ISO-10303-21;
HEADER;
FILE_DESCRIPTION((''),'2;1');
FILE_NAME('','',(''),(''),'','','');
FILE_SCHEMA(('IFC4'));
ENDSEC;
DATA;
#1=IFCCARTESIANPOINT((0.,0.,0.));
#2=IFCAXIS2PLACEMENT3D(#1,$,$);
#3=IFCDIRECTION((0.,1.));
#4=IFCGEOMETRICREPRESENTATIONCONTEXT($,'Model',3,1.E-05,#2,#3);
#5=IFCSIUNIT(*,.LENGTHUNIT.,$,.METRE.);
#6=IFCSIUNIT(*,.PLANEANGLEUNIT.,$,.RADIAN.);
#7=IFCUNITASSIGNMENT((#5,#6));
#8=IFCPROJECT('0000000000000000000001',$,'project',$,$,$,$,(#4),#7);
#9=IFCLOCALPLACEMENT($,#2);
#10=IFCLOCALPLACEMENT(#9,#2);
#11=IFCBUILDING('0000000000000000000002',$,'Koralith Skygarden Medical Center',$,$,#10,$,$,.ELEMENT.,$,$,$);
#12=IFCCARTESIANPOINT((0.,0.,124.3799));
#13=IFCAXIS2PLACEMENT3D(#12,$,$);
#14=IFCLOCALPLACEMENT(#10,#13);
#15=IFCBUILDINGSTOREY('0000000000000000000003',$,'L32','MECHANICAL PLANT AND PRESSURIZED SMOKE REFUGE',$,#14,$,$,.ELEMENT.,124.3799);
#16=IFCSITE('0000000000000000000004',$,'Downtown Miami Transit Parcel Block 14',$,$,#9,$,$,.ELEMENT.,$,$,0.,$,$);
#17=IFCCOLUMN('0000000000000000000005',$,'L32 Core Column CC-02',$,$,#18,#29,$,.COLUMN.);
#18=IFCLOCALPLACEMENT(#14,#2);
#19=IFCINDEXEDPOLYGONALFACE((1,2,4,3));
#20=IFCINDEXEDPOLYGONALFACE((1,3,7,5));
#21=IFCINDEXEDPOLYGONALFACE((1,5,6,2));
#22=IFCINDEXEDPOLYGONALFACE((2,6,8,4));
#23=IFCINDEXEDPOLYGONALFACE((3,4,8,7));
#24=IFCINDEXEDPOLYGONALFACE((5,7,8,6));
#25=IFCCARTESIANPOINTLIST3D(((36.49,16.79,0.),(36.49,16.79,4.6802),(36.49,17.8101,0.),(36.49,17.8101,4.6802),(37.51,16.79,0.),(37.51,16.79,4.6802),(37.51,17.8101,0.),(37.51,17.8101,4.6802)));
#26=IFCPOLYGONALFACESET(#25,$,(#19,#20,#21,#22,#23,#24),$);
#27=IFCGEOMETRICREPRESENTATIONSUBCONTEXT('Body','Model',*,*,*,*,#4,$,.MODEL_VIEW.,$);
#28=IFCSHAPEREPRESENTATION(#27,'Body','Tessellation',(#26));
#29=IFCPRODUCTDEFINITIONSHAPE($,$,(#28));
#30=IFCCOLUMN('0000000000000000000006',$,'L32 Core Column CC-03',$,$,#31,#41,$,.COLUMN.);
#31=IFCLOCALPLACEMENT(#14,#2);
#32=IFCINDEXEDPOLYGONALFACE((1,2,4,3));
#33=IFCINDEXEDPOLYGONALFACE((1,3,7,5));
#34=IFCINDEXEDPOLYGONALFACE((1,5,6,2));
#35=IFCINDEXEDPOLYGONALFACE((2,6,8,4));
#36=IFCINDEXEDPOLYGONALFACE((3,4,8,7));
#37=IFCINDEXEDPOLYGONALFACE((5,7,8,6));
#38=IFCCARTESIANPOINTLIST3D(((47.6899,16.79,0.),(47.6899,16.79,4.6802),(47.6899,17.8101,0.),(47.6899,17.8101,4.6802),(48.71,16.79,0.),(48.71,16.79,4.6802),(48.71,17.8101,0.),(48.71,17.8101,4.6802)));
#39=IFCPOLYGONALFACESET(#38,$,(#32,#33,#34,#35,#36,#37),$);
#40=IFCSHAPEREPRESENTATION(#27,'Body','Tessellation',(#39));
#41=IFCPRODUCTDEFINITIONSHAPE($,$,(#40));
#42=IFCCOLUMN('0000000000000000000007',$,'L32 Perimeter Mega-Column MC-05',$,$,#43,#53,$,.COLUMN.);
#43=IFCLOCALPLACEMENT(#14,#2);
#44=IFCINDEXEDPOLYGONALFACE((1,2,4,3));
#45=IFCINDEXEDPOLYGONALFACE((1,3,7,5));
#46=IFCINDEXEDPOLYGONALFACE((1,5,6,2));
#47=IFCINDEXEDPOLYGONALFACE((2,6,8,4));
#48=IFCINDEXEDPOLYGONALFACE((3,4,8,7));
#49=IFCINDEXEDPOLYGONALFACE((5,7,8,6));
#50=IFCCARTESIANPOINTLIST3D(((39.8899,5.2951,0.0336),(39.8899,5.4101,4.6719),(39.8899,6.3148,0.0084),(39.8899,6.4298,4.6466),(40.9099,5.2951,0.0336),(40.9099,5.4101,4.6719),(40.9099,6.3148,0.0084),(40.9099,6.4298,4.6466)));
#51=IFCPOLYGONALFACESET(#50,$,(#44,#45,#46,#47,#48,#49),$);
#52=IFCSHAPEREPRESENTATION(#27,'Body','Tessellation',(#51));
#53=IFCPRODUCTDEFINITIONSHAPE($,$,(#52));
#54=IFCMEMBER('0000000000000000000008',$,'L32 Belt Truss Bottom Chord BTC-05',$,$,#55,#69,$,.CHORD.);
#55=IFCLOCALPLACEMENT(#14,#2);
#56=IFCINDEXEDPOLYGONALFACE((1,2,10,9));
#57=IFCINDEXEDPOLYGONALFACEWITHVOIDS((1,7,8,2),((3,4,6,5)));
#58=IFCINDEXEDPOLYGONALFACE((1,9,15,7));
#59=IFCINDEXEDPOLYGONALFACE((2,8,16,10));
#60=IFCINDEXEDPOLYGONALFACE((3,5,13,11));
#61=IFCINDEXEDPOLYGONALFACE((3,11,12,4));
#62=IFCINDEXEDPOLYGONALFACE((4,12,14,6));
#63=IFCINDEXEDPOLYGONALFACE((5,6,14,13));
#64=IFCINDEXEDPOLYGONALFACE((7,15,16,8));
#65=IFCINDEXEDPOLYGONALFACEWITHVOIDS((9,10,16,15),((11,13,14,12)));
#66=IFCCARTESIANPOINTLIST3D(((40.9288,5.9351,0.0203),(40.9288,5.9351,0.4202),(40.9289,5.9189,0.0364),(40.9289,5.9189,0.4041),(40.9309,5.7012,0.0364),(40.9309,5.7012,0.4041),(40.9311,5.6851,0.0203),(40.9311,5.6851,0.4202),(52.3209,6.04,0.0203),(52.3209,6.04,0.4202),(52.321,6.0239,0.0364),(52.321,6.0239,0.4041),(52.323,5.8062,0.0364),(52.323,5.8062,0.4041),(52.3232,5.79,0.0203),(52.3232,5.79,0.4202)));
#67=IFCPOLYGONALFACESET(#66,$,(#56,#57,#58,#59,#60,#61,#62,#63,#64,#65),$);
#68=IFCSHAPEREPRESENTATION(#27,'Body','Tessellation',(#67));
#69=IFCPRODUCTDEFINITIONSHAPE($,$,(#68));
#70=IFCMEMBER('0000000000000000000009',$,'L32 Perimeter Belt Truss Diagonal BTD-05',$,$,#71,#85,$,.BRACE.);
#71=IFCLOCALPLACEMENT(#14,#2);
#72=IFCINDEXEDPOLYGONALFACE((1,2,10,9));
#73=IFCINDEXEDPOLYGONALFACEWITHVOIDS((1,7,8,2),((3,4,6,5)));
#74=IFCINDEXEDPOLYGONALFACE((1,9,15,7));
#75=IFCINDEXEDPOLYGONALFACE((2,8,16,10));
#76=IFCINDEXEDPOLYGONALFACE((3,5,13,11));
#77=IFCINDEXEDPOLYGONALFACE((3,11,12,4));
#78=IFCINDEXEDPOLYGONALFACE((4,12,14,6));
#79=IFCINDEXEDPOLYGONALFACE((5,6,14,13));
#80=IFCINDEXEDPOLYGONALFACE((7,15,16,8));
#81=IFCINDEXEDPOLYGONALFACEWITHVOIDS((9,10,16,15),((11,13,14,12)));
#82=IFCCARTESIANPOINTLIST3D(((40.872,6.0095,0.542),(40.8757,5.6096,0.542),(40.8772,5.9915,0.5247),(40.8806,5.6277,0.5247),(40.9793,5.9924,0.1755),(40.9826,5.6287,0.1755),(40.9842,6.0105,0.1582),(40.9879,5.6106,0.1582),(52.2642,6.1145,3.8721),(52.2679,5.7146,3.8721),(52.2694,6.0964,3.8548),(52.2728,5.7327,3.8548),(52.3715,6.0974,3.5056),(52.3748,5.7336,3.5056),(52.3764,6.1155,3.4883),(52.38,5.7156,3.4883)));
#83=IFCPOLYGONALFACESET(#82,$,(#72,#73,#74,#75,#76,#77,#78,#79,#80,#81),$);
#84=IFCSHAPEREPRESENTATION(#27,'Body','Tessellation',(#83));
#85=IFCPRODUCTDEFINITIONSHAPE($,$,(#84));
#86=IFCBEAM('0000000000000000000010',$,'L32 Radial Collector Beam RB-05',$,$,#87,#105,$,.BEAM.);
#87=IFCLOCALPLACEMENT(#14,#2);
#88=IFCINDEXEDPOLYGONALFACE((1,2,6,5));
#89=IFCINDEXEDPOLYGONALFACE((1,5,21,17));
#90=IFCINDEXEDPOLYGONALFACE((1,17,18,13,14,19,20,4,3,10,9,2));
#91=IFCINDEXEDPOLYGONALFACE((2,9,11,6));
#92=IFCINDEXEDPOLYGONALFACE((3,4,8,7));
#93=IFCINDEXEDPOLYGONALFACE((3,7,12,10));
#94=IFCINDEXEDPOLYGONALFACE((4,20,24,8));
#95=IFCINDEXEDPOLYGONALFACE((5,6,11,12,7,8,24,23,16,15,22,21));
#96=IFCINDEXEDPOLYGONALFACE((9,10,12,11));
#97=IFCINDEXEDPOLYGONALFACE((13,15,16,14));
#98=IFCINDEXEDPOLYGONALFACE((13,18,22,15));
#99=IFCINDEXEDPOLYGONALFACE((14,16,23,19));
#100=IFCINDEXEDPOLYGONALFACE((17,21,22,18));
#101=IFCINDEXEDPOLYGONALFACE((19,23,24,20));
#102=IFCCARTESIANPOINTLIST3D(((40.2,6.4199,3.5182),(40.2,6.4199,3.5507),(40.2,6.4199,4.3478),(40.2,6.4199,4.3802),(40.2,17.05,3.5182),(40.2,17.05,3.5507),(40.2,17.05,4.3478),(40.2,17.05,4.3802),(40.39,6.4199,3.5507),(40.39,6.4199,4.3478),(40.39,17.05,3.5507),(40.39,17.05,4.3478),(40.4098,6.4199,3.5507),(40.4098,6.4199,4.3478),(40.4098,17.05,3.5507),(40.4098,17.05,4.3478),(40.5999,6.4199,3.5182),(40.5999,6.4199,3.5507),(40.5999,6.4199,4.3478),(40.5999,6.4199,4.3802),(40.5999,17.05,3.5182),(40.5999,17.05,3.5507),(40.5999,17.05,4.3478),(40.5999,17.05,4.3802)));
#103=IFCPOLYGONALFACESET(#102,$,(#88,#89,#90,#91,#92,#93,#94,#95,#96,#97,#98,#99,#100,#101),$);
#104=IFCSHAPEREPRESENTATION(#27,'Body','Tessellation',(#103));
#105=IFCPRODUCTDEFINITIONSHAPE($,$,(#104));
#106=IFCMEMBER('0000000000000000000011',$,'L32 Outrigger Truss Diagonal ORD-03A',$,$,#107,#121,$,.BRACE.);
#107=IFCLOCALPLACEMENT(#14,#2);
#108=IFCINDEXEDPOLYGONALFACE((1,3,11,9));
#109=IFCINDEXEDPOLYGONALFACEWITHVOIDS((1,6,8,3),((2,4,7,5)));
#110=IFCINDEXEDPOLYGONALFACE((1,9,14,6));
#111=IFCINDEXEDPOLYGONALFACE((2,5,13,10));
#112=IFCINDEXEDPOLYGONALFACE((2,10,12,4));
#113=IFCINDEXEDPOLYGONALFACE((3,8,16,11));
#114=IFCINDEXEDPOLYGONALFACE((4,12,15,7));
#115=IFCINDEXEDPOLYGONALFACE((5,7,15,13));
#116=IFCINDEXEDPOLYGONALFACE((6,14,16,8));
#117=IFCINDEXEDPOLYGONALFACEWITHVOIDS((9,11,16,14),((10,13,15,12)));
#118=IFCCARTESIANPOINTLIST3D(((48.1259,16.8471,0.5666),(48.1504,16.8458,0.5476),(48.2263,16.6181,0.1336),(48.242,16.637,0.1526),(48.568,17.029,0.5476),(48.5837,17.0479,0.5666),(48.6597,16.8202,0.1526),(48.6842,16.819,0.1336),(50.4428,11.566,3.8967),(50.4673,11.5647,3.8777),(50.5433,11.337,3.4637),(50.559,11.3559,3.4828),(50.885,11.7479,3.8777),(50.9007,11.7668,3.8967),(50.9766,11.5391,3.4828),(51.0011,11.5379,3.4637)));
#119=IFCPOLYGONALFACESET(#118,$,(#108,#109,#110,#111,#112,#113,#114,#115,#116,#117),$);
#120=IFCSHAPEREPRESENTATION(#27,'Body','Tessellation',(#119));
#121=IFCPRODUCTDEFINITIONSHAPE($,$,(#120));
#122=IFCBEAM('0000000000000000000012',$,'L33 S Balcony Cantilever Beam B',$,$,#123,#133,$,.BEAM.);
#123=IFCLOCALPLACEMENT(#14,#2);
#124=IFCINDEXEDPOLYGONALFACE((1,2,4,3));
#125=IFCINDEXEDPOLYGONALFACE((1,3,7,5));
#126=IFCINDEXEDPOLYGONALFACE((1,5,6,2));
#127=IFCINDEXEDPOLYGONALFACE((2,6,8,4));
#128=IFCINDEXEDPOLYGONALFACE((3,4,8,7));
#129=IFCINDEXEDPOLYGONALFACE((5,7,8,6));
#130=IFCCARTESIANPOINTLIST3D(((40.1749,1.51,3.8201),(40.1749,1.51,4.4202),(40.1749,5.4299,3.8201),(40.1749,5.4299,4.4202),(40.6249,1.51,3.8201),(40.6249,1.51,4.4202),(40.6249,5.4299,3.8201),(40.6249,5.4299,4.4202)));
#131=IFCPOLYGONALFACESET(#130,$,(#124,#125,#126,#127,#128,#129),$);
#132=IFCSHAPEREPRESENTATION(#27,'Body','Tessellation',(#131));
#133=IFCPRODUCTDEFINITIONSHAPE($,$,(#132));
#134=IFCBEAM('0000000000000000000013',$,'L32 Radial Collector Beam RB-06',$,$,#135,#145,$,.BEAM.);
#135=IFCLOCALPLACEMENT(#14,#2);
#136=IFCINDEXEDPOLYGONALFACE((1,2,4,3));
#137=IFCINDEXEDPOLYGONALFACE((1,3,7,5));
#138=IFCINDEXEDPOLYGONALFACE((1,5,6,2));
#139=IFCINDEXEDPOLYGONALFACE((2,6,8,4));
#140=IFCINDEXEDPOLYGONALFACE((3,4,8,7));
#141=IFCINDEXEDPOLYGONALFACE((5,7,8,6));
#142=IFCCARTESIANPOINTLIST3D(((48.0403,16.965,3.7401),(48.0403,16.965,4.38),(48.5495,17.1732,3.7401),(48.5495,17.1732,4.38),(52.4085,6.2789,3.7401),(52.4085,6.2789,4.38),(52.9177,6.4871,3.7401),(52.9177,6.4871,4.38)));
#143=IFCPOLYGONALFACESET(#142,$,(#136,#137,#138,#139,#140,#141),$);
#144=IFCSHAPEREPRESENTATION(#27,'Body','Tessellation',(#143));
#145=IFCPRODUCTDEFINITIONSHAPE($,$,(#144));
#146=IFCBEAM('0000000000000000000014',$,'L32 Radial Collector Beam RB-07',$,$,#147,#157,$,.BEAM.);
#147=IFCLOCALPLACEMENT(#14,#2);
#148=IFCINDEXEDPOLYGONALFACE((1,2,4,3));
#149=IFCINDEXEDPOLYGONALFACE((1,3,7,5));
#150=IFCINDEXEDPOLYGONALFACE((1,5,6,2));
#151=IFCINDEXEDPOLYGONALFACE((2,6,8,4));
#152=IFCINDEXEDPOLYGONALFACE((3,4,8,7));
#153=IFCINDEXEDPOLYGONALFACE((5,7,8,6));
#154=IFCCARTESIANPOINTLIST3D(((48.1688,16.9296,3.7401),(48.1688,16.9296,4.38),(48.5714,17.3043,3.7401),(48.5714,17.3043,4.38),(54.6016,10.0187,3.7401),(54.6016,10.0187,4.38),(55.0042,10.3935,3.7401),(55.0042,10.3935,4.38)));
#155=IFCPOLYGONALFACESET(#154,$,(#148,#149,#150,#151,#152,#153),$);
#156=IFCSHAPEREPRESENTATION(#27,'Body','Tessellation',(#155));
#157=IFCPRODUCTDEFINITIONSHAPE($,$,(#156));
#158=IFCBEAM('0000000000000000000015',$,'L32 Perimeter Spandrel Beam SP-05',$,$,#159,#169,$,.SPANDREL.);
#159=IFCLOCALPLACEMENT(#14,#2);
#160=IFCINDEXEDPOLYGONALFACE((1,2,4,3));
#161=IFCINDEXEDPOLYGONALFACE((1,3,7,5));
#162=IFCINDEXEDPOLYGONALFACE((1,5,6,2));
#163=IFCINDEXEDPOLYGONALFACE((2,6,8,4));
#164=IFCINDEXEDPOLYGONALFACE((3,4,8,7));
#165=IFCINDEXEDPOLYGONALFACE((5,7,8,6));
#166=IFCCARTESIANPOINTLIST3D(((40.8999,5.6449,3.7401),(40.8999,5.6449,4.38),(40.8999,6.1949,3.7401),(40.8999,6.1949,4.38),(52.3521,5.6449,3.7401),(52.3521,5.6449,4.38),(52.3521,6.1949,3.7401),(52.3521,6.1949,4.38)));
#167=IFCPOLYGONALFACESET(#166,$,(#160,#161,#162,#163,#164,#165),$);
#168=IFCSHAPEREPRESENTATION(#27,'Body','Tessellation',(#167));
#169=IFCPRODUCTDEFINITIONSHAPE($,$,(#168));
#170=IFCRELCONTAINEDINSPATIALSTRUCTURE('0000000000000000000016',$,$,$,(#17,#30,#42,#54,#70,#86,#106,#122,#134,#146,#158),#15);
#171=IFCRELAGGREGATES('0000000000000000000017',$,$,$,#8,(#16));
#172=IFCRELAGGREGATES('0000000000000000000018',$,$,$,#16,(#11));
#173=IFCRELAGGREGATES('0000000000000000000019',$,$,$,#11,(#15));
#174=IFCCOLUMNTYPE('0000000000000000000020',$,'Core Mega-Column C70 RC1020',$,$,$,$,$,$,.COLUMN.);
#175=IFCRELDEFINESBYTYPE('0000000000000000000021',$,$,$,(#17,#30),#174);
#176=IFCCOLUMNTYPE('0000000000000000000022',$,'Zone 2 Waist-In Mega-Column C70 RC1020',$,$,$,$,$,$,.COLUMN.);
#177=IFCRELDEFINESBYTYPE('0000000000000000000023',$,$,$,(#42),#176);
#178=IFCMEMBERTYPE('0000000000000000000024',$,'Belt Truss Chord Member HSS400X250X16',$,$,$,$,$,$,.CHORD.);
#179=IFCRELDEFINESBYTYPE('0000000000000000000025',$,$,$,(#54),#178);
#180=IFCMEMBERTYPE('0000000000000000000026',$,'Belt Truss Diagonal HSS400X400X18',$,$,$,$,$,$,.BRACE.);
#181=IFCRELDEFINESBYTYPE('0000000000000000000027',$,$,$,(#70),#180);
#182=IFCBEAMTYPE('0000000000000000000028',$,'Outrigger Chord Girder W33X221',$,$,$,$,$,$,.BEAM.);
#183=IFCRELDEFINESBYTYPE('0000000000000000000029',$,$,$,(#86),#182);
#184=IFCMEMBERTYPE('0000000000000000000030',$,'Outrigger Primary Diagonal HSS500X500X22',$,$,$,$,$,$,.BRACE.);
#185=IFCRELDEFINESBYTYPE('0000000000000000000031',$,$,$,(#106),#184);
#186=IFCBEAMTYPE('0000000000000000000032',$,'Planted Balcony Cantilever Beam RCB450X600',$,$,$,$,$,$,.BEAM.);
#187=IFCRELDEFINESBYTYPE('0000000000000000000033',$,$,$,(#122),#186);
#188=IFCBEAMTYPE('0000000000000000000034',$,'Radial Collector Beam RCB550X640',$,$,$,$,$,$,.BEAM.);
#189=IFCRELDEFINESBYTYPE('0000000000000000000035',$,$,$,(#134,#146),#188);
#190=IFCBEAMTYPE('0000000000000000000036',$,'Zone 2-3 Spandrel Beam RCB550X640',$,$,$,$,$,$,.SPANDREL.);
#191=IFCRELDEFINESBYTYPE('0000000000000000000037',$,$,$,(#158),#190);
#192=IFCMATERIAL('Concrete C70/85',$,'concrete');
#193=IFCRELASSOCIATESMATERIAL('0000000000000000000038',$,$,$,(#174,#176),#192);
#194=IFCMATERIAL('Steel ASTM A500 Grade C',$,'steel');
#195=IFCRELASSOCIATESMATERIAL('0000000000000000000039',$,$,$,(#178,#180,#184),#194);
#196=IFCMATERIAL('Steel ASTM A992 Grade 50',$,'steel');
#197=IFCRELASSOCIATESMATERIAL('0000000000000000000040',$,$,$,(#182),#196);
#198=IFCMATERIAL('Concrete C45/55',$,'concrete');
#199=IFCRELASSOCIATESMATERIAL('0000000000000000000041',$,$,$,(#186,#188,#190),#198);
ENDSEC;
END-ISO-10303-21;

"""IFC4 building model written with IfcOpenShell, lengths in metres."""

from ifc_helpers import new_model, si_unit, direction, frame, origin, origin_2d, place, context, subcontext, project, spatial, rectangle, hollow_rectangle, i_section, extrude, material, material_profile, profile_set, type_object, element, save


model = new_model("IFC4")

# Units and contexts
model_context = context("Model", 3, precision=1e-05, world=origin(), true_north=direction((0.0, 1.0)))
body_context = subcontext(model_context, "Body", "Model", "MODEL_VIEW")
ifc_project = project(units=[si_unit("LENGTHUNIT", "METRE"), si_unit("PLANEANGLEUNIT", "RADIAN")], contexts=[model_context])

# Site, building, storey
site_placement = place(None, origin())
site = spatial("IfcSite", under=ifc_project, at=site_placement, Name="Downtown Miami Transit Parcel Block 14", CompositionType="ELEMENT", RefElevation=0.0)
building_placement = place(site_placement, origin())
building = spatial("IfcBuilding", under=site, at=building_placement, Name="Koralith Skygarden Medical Center", CompositionType="ELEMENT")
storey_placement = place(building_placement, frame((0.0, 0.0, 124.3799)))
storey = spatial("IfcBuildingStorey", under=building, at=storey_placement, Name="L32", Description="MECHANICAL PLANT AND PRESSURIZED SMOKE REFUGE", CompositionType="ELEMENT", Elevation=124.3799)

# Columns
ifc_material_1 = material(Name="Concrete C70/85", Category="concrete")
ifc_material_profile_1 = material_profile(ifc_material_1, rectangle(XDim=1.02, YDim=1.02, at=origin_2d()), Name="RC1020X1020")
ifc_profile_set_1 = profile_set([ifc_material_profile_1], Name="Concrete C70/85")
column_type_1 = type_object("IfcColumnType", Name="Core Mega-Column C70 RC1020", PredefinedType="COLUMN", material=ifc_profile_set_1)
for number, where, z_axis, x_axis, name in (
    (1, (37.0, 17.3, 0.0), (0.0, 0.0, 1.0), (1.0, 0.0, 0.0), "L32 Core Column CC-02"),
    (2, (48.2, 17.3, 0.0), (0.0, 0.0, 1.0), (1.0, 0.0, 0.0), "L32 Core Column CC-03"),
):
    element("IfcColumn", number, at=place(storey_placement, frame(where, z_axis=z_axis, x_axis=x_axis)), inside=storey, type_object=column_type_1, Name=name, PredefinedType="COLUMN", context=body_context, shape_type="SweptSolid", body=[
        extrude(rectangle(XDim=1.02, YDim=1.02, at=origin_2d()), origin(), (0.0, 0.0, 1.0), 4.6802),
    ])
ifc_material_profile_2 = material_profile(ifc_material_1, rectangle(XDim=1.02, YDim=1.02, at=origin_2d()), Name="RC1020X1020")
ifc_profile_set_2 = profile_set([ifc_material_profile_2], Name="Concrete C70/85")
column_type_2 = type_object("IfcColumnType", Name="Zone 2 Waist-In Mega-Column C70 RC1020", PredefinedType="COLUMN", material=ifc_profile_set_2)
column_placement = place(storey_placement, frame((40.3999, 5.8049, 0.021), z_axis=(0.0, 0.024784, 0.999693), x_axis=(-1.0, 0.0, 0.0)))
element("IfcColumn", 3, at=column_placement, inside=storey, type_object=column_type_2, Name="L32 Perimeter Mega-Column MC-05", PredefinedType="COLUMN", context=body_context, shape_type="SweptSolid", body=[
    extrude(rectangle(XDim=1.02, YDim=1.02, at=origin_2d()), origin(), (0.0, 0.0, 1.0), 4.6396),
])

# Members
ifc_material_2 = material(Name="Steel ASTM A500 Grade C", Category="steel")
ifc_material_profile_3 = material_profile(ifc_material_2, hollow_rectangle(XDim=0.25, YDim=0.3999, WallThickness=0.0161, at=origin_2d()), Name="HSS400X250X16")
ifc_profile_set_3 = profile_set([ifc_material_profile_3], Name="Steel ASTM A500 Grade C")
member_type_1 = type_object("IfcMemberType", Name="Belt Truss Chord Member HSS400X250X16", PredefinedType="CHORD", material=ifc_profile_set_3)
member_1_placement = place(storey_placement, frame((40.9299, 5.8101, 0.2202), z_axis=(0.999958, 0.009215, 0.0), x_axis=(-0.009215, 0.999958, 0.0)))
element("IfcMember", 4, at=member_1_placement, inside=storey, type_object=member_type_1, Name="L32 Belt Truss Bottom Chord BTC-05", PredefinedType="CHORD", context=body_context, shape_type="SweptSolid", body=[
    extrude(hollow_rectangle(XDim=0.25, YDim=0.3999, WallThickness=0.0161, at=origin_2d()), origin(), (0.0, 0.0, 1.0), 11.3926),
])
ifc_material_profile_4 = material_profile(ifc_material_2, hollow_rectangle(XDim=0.3999, YDim=0.3999, WallThickness=0.0181, at=origin_2d()), Name="HSS400X400X18")
ifc_profile_set_4 = profile_set([ifc_material_profile_4], Name="Steel ASTM A500 Grade C")
member_type_2 = type_object("IfcMemberType", Name="Belt Truss Diagonal HSS400X400X18", PredefinedType="BRACE", material=ifc_profile_set_4)
member_2_placement = place(storey_placement, frame((40.9299, 5.8101, 0.3501), z_axis=(0.959795, 0.008845, 0.280562), x_axis=(-0.009215, 0.999958, 0.0)))
element("IfcMember", 5, at=member_2_placement, inside=storey, type_object=member_type_2, Name="L32 Perimeter Belt Truss Diagonal BTD-05", PredefinedType="BRACE", context=body_context, shape_type="SweptSolid", body=[
    extrude(hollow_rectangle(XDim=0.3999, YDim=0.3999, WallThickness=0.0181, at=origin_2d()), origin(), (0.0, 0.0, 1.0), 11.8694),
])

# Beam
ifc_material_3 = material(Name="Steel ASTM A992 Grade 50", Category="steel")
ifc_material_profile_5 = material_profile(ifc_material_3, i_section(OverallWidth=0.3999, OverallDepth=0.8621, WebThickness=0.0198, FlangeThickness=0.0325, at=origin_2d()), Name="W33X221")
ifc_profile_set_5 = profile_set([ifc_material_profile_5], Name="Steel ASTM A992 Grade 50")
beam_type_1 = type_object("IfcBeamType", Name="Outrigger Chord Girder W33X221", PredefinedType="BEAM", material=ifc_profile_set_5)
beam_1_placement = place(storey_placement, frame((40.3999, 17.05, 3.9492), z_axis=(0.0, -1.0, 0.0), x_axis=(1.0, 0.0, 0.0)))
element("IfcBeam", 6, at=beam_1_placement, inside=storey, type_object=beam_type_1, Name="L32 Radial Collector Beam RB-05", PredefinedType="BEAM", context=body_context, shape_type="SweptSolid", body=[
    extrude(i_section(OverallWidth=0.3999, OverallDepth=0.8621, WebThickness=0.0198, FlangeThickness=0.0325, at=origin_2d()), origin(), (0.0, 0.0, 1.0), 10.6301),
])

# Member
ifc_material_profile_6 = material_profile(ifc_material_2, hollow_rectangle(XDim=0.5, YDim=0.5, WallThickness=0.022, at=origin_2d()), Name="HSS500X500X22")
ifc_profile_set_6 = profile_set([ifc_material_profile_6], Name="Steel ASTM A500 Grade C")
member_type_3 = type_object("IfcMemberType", Name="Outrigger Primary Diagonal HSS500X500X22", PredefinedType="BRACE", material=ifc_profile_set_6)
member_3_placement = place(storey_placement, frame((48.405, 16.833, 0.3501), z_axis=(0.347918, -0.793026, 0.500063), x_axis=(0.915746, 0.401758, 0.0)))
element("IfcMember", 7, at=member_3_placement, inside=storey, type_object=member_type_3, Name="L32 Outrigger Truss Diagonal ORD-03A", PredefinedType="BRACE", context=body_context, shape_type="SweptSolid", body=[
    extrude(hollow_rectangle(XDim=0.5, YDim=0.5, WallThickness=0.022, at=origin_2d()), origin(), (0.0, 0.0, 1.0), 6.6594),
])

# Beams
ifc_material_4 = material(Name="Concrete C45/55", Category="concrete")
ifc_material_profile_7 = material_profile(ifc_material_4, rectangle(XDim=0.45, YDim=0.6001, at=origin_2d()), Name="RCB450X600")
ifc_profile_set_7 = profile_set([ifc_material_profile_7], Name="Concrete C45/55")
beam_type_2 = type_object("IfcBeamType", Name="Planted Balcony Cantilever Beam RCB450X600", PredefinedType="BEAM", material=ifc_profile_set_7)
beam_2_placement = place(storey_placement, frame((40.3999, 5.4299, 4.1201), z_axis=(0.0, -1.0, 0.0), x_axis=(1.0, 0.0, 0.0)))
element("IfcBeam", 8, at=beam_2_placement, inside=storey, type_object=beam_type_2, Name="L33 S Balcony Cantilever Beam B", PredefinedType="BEAM", context=body_context, shape_type="SweptSolid", body=[
    extrude(rectangle(XDim=0.45, YDim=0.6001, at=origin_2d()), origin(), (0.0, 0.0, 1.0), 3.9199),
])
ifc_material_profile_8 = material_profile(ifc_material_4, rectangle(XDim=0.55, YDim=0.6399, at=origin_2d()), Name="RCB550X640")
ifc_profile_set_8 = profile_set([ifc_material_profile_8], Name="Concrete C45/55")
beam_type_3 = type_object("IfcBeamType", Name="Radial Collector Beam RCB550X640", PredefinedType="BEAM", material=ifc_profile_set_8)
beam_3_placement = place(storey_placement, frame((48.2949, 17.0691, 4.0601), z_axis=(0.378381, -0.92565, 0.0), x_axis=(0.92565, 0.378381, 0.0)))
element("IfcBeam", 9, at=beam_3_placement, inside=storey, type_object=beam_type_3, Name="L32 Radial Collector Beam RB-06", PredefinedType="BEAM", context=body_context, shape_type="SweptSolid", body=[
    extrude(rectangle(XDim=0.55, YDim=0.6399, at=origin_2d()), origin(), (0.0, 0.0, 1.0), 11.5444),
])
beam_4_placement = place(storey_placement, frame((48.3701, 17.1169, 4.0601), z_axis=(0.681338, -0.731969, 0.0), x_axis=(0.731969, 0.681338, 0.0)))
element("IfcBeam", 10, at=beam_4_placement, inside=storey, type_object=beam_type_3, Name="L32 Radial Collector Beam RB-07", PredefinedType="BEAM", context=body_context, shape_type="SweptSolid", body=[
    extrude(rectangle(XDim=0.55, YDim=0.6399, at=origin_2d()), origin(), (0.0, 0.0, 1.0), 9.4414),
])
ifc_material_profile_9 = material_profile(ifc_material_4, rectangle(XDim=0.55, YDim=0.6399, at=origin_2d()), Name="RCB550X640")
ifc_profile_set_9 = profile_set([ifc_material_profile_9], Name="Concrete C45/55")
beam_type_4 = type_object("IfcBeamType", Name="Zone 2-3 Spandrel Beam RCB550X640", PredefinedType="SPANDREL", material=ifc_profile_set_9)
beam_5_placement = place(storey_placement, frame((40.8999, 5.9199, 4.0601), z_axis=(1.0, 0.0, 0.0), x_axis=(0.0, 1.0, 0.0)))
element("IfcBeam", 11, at=beam_5_placement, inside=storey, type_object=beam_type_4, Name="L32 Perimeter Spandrel Beam SP-05", PredefinedType="SPANDREL", context=body_context, shape_type="SweptSolid", body=[
    extrude(rectangle(XDim=0.55, YDim=0.6399, at=origin_2d()), origin(), (0.0, 0.0, 1.0), 11.4521),
])

save(model, "model.ifc")
